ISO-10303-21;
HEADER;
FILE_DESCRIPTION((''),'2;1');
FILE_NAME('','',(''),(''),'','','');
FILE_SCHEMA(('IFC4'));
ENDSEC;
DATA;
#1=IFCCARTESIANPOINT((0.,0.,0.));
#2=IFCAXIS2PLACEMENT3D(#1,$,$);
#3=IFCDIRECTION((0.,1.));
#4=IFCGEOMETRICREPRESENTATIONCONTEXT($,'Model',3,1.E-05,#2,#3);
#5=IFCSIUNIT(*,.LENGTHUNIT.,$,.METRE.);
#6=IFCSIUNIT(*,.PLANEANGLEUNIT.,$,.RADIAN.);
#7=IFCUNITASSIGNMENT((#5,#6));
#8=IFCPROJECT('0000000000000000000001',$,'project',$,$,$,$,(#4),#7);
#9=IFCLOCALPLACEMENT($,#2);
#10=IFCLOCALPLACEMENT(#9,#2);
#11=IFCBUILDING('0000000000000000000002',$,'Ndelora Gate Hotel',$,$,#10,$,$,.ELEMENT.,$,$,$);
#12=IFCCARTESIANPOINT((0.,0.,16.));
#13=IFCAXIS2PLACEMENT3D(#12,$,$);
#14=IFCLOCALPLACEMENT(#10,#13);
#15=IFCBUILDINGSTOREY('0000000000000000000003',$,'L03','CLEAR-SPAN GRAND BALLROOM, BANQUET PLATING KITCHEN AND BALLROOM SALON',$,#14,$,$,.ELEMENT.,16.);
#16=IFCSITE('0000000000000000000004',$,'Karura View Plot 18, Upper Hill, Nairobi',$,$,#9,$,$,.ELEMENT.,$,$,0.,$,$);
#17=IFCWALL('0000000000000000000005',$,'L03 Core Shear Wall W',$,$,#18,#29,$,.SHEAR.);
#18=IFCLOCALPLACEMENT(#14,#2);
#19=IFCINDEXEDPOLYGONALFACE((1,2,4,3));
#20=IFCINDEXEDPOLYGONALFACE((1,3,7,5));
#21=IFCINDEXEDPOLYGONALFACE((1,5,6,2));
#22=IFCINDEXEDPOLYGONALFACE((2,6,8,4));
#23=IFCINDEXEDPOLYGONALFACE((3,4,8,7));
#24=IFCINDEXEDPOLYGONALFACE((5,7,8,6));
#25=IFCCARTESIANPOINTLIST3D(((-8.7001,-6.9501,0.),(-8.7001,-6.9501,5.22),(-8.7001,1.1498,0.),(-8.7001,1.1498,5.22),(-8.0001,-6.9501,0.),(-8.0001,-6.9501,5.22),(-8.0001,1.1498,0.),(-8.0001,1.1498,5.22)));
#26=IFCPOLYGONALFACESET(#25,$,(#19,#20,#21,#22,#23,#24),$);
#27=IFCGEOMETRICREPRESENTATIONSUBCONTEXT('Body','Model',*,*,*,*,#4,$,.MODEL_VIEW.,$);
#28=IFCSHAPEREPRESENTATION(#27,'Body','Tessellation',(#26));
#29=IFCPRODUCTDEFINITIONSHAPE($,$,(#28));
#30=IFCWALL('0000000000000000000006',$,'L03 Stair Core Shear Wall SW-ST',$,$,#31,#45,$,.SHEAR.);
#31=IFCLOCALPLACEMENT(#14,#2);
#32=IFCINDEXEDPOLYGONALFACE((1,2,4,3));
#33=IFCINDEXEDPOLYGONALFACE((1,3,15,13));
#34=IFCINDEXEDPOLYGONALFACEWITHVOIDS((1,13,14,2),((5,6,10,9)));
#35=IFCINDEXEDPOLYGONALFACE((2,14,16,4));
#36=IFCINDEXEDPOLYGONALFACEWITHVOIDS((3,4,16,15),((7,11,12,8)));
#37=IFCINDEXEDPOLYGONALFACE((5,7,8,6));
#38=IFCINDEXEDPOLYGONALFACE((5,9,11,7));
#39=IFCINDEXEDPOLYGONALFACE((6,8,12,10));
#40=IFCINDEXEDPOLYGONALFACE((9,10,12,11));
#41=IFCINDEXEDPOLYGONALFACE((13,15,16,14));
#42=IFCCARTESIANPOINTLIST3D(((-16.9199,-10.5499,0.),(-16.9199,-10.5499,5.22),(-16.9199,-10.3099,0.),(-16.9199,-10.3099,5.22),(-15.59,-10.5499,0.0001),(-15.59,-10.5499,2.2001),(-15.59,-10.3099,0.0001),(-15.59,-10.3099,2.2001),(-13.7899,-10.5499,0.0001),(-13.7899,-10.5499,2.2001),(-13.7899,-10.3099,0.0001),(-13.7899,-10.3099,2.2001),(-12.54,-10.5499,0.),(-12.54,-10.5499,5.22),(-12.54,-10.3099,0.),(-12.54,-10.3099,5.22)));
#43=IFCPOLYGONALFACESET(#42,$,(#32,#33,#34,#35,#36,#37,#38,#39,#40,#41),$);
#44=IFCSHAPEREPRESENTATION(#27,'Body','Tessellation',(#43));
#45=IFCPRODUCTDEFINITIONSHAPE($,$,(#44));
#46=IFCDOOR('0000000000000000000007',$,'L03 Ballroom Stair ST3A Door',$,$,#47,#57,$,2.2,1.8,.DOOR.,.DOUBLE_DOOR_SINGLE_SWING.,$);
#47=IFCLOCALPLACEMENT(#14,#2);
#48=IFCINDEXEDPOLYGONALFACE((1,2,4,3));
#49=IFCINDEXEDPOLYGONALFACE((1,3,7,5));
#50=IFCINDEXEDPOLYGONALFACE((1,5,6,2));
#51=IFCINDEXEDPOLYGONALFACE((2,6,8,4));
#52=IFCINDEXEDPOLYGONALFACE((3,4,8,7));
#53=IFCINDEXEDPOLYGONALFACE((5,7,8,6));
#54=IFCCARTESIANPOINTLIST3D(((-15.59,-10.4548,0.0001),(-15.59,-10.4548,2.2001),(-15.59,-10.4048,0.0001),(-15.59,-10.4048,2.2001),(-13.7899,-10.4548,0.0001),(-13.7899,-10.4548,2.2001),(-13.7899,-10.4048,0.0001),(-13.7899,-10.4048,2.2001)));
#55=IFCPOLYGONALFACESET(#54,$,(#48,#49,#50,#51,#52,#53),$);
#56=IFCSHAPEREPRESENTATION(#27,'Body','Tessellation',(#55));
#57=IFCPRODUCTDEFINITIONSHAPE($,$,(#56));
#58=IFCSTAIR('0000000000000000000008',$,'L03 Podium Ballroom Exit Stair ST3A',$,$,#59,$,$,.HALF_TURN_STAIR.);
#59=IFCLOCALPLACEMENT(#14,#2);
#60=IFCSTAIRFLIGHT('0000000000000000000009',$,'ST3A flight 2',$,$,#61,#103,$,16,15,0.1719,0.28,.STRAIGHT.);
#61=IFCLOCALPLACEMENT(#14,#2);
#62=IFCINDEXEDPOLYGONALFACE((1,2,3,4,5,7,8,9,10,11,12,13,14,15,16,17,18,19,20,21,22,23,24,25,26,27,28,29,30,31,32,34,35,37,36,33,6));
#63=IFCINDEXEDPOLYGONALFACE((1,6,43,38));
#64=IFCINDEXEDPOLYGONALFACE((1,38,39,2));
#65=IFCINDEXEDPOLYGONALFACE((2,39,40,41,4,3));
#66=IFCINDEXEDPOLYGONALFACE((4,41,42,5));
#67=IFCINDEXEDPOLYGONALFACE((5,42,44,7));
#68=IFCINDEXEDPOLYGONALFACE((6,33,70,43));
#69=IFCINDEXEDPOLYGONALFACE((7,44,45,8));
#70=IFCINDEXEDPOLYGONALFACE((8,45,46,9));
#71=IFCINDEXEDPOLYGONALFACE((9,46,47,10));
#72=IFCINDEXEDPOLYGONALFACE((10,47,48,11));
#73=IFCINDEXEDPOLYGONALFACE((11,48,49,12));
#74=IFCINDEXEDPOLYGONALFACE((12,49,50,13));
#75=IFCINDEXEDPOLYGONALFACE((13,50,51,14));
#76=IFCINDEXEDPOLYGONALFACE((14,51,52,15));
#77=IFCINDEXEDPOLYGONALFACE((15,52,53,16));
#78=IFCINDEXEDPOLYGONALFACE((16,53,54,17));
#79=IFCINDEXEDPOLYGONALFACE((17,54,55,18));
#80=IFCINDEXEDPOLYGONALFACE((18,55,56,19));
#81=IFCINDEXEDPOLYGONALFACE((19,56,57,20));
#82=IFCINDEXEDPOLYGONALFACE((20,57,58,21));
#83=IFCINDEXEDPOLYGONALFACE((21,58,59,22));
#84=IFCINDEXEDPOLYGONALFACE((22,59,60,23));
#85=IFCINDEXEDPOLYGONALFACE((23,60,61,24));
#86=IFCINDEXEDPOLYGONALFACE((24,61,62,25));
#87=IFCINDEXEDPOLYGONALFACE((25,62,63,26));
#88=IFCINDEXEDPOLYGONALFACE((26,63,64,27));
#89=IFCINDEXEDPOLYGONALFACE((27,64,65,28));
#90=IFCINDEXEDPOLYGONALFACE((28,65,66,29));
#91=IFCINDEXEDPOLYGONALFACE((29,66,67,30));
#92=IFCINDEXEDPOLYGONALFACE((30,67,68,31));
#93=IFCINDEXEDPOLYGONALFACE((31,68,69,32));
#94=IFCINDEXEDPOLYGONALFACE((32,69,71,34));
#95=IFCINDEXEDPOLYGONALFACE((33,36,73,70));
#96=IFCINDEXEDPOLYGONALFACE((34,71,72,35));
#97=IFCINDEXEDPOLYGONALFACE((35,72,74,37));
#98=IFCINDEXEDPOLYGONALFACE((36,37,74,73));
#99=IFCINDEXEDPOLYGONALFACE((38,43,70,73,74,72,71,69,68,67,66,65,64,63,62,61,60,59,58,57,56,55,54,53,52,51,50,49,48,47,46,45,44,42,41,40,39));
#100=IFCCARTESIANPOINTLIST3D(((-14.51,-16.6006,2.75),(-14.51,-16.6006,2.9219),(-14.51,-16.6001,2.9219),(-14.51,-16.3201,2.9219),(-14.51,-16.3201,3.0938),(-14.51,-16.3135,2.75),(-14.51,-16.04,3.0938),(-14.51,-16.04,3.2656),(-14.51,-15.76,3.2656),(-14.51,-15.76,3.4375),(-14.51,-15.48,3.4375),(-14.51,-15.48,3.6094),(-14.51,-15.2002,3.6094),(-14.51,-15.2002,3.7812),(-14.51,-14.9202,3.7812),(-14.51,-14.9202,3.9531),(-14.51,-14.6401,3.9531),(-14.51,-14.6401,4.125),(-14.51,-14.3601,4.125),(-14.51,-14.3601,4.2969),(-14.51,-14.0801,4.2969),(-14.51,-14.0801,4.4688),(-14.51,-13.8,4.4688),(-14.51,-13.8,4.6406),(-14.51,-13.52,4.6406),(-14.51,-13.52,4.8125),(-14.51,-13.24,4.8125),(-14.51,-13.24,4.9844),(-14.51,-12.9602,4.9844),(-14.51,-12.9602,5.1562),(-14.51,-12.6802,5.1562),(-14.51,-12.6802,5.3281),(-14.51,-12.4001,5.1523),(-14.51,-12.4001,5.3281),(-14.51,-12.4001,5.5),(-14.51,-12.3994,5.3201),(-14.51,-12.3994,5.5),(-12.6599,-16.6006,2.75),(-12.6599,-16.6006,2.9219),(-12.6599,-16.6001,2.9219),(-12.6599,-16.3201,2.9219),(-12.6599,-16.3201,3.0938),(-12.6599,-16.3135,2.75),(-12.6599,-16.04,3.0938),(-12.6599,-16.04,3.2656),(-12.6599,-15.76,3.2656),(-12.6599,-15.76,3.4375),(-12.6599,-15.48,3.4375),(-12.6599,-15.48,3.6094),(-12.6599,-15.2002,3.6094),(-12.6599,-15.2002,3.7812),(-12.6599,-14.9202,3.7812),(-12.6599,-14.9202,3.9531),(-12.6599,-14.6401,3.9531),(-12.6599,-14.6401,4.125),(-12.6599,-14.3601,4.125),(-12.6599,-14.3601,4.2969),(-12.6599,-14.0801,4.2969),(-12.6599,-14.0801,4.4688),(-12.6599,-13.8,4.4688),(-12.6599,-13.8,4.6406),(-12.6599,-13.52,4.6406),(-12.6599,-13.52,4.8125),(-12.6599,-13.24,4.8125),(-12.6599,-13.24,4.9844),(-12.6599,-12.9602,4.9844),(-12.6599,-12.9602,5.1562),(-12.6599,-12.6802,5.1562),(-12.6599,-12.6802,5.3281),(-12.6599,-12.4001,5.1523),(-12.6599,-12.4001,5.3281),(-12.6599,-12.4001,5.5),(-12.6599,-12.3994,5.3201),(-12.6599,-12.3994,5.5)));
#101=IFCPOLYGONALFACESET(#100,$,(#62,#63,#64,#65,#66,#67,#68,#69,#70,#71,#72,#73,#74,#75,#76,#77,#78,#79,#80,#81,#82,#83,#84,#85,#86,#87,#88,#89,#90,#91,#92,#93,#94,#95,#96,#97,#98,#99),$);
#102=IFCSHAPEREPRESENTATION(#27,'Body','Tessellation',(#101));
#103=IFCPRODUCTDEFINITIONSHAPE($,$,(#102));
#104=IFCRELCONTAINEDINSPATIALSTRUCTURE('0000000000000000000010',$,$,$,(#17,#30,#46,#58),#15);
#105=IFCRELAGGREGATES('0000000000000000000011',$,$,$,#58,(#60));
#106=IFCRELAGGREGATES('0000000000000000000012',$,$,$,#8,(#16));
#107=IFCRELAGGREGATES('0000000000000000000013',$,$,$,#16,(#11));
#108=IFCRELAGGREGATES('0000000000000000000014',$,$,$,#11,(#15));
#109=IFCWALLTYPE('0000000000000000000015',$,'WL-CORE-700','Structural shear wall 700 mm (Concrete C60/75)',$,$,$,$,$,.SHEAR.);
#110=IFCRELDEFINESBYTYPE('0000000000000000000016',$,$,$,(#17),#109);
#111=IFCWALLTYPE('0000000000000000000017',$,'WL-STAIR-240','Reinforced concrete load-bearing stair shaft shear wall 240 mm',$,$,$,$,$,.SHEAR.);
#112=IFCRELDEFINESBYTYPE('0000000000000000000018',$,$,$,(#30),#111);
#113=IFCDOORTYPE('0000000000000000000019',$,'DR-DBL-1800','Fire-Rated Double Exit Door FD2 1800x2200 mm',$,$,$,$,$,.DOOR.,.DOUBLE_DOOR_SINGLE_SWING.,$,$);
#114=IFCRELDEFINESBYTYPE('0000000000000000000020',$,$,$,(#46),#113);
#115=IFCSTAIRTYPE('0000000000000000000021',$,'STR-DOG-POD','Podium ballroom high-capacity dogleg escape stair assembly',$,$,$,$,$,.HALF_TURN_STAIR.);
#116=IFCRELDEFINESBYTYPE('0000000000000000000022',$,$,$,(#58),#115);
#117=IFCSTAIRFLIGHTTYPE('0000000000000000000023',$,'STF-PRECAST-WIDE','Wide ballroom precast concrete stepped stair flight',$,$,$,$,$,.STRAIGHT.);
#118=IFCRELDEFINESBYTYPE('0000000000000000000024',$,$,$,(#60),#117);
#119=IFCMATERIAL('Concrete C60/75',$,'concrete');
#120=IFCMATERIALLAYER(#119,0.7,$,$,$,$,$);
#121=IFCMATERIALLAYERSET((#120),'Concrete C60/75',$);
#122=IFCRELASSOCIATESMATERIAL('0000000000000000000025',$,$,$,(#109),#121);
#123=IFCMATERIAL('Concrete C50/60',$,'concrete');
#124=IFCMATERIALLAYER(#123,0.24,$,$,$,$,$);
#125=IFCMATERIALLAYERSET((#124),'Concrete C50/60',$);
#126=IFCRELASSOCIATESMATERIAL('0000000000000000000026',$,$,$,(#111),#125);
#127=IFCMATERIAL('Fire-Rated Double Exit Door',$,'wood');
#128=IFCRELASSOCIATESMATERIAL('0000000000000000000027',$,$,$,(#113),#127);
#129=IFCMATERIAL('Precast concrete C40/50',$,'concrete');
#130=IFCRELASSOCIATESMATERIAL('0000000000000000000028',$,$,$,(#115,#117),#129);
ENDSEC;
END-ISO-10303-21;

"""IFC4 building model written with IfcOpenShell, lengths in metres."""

from ifc_helpers import new_model, si_unit, direction, frame, frame_2d, origin, place, context, subcontext, project, spatial, polyline, rectangle, outline, extrude, material, layer, layer_set, type_object, element, fill, aggregate, save


model = new_model("IFC4")

# Units and contexts
model_context = context("Model", 3, precision=1e-05, world=origin(), true_north=direction((0.0, 1.0)))
body_context = subcontext(model_context, "Body", "Model", "MODEL_VIEW")
ifc_project = project(units=[si_unit("LENGTHUNIT", "METRE"), si_unit("PLANEANGLEUNIT", "RADIAN")], contexts=[model_context])

# Site, building, storey
site_placement = place(None, origin())
site = spatial("IfcSite", under=ifc_project, at=site_placement, Name="Karura View Plot 18, Upper Hill, Nairobi", CompositionType="ELEMENT", RefElevation=0.0)
building_placement = place(site_placement, origin())
building = spatial("IfcBuilding", under=site, at=building_placement, Name="Ndelora Gate Hotel", CompositionType="ELEMENT")
storey_placement = place(building_placement, frame((0.0, 0.0, 16.0)))
storey = spatial("IfcBuildingStorey", under=building, at=storey_placement, Name="L03", Description="CLEAR-SPAN GRAND BALLROOM, BANQUET PLATING KITCHEN AND BALLROOM SALON", CompositionType="ELEMENT", Elevation=16.0)

# Shared definitions
ifc_material_1 = material(Name="Concrete C60/75", Category="concrete")

# Wall
ifc_layer_1 = layer(ifc_material_1, 0.7)
ifc_layer_set_1 = layer_set([ifc_layer_1], Name="Concrete C60/75")
wall_type_1 = type_object("IfcWallType", Name="WL-CORE-700", Description="Structural shear wall 700 mm (Concrete C60/75)", PredefinedType="SHEAR", material=ifc_layer_set_1)
wall_1_placement = place(storey_placement, frame((-8.3501, -6.95, 0.0), z_axis=(0.0, 0.0, 1.0), x_axis=(0.0, 1.0, 0.0)))
element("IfcWall", 1, at=wall_1_placement, inside=storey, type_object=wall_type_1, Name="L03 Core Shear Wall W", PredefinedType="SHEAR", context=body_context, shape_type="SweptSolid", body=[
    extrude(rectangle(XDim=8.0999, YDim=0.7, at=frame_2d((4.0498, 0.0))), origin(), (0.0, 0.0, 1.0), 5.22),
])

# Wall, opening, door
ifc_material_2 = material(Name="Concrete C50/60", Category="concrete")
ifc_layer_2 = layer(ifc_material_2, 0.24)
ifc_layer_set_2 = layer_set([ifc_layer_2], Name="Concrete C50/60")
wall_type_2 = type_object("IfcWallType", Name="WL-STAIR-240", Description="Reinforced concrete load-bearing stair shaft shear wall 240 mm", PredefinedType="SHEAR", material=ifc_layer_set_2)
wall_2_placement = place(storey_placement, frame((-12.54, -10.4299, 0.0), z_axis=(0.0, 0.0, 1.0), x_axis=(-1.0, 0.0, 0.0)))
wall_2 = element("IfcWall", 2, at=wall_2_placement, inside=storey, type_object=wall_type_2, Name="L03 Stair Core Shear Wall SW-ST", PredefinedType="SHEAR", context=body_context, shape_type="SweptSolid", body=[
    extrude(rectangle(XDim=4.3799, YDim=0.24, at=frame_2d((2.1899, 0.0))), origin(), (0.0, 0.0, 1.0), 5.22),
])
opening_placement = place(wall_2_placement, frame((1.25, 0.0, 0.0)))
opening = element("IfcOpeningElement", 3, at=opening_placement, cuts=wall_2, PredefinedType="OPENING", context=body_context, shape_type="SweptSolid", body=[
    extrude(rectangle(XDim=1.8, YDim=2.2, at=frame_2d((0.8999, 1.1001))), frame((0.0, 0.1299, 0.0), z_axis=(0.0, -1.0, 0.0), x_axis=(1.0, 0.0, 0.0)), (0.0, 0.0, 1.0), 0.26),
])
ifc_material_3 = material(Name="Fire-Rated Double Exit Door", Category="wood")
door_type = type_object("IfcDoorType", Name="DR-DBL-1800", Description="Fire-Rated Double Exit Door FD2 1800x2200 mm", OperationType="DOUBLE_DOOR_SINGLE_SWING", PredefinedType="DOOR", material=ifc_material_3)
door_placement = place(opening_placement, origin())
door = element("IfcDoor", 4, at=door_placement, inside=storey, type_object=door_type, Name="L03 Ballroom Stair ST3A Door", OperationType="DOUBLE_DOOR_SINGLE_SWING", OverallHeight=2.2, OverallWidth=1.8, PredefinedType="DOOR", context=body_context, shape_type="SweptSolid", body=[
    extrude(rectangle(XDim=1.8, YDim=2.2, at=frame_2d((0.8999, 1.1001))), frame((0.0, 0.0249, 0.0), z_axis=(0.0, -1.0, 0.0), x_axis=(1.0, 0.0, 0.0)), (0.0, 0.0, 1.0), 0.05),
])
fill(opening, door)

# Stair, stair flight
ifc_material_4 = material(Name="Precast concrete C40/50", Category="concrete")
stair_type = type_object("IfcStairType", Name="STR-DOG-POD", Description="Podium ballroom high-capacity dogleg escape stair assembly", PredefinedType="HALF_TURN_STAIR", material=ifc_material_4)
stair_placement = place(storey_placement, origin())
stair = element("IfcStair", 5, at=stair_placement, inside=storey, type_object=stair_type, Name="L03 Podium Ballroom Exit Stair ST3A", PredefinedType="HALF_TURN_STAIR")
stair_flight_type = type_object("IfcStairFlightType", Name="STF-PRECAST-WIDE", Description="Wide ballroom precast concrete stepped stair flight", PredefinedType="STRAIGHT", material=ifc_material_4)
stair_flight_placement = place(storey_placement, frame((-13.585, -16.6001, 2.75), z_axis=(0.0, 0.0, 1.0), x_axis=(0.0, 1.0, 0.0)))
stair_flight = element("IfcStairFlight", 6, at=stair_flight_placement, type_object=stair_flight_type, Name="ST3A flight 2", NumberOfRisers=16, NumberOfTreads=15, PredefinedType="STRAIGHT", RiserHeight=0.1719, TreadLength=0.28, context=body_context, shape_type="SweptSolid", body=[
    extrude(outline(polyline([(-0.0005, 0.0), (-0.0005, 0.1719), (0.0, 0.1719), (0.28, 0.1719), (0.28, 0.3438), (0.5601, 0.3438), (0.5601, 0.5156), (0.8401, 0.5156), (0.8401, 0.6875), (1.1201, 0.6875), (1.1201, 0.8594), (1.3999, 0.8594), (1.3999, 1.0312), (1.6799, 1.0312), (1.6799, 1.2031), (1.96, 1.2031), (1.96, 1.375), (2.24, 1.375), (2.24, 1.5469), (2.52, 1.5469), (2.52, 1.7188), (2.8, 1.7188), (2.8, 1.8906), (3.0801, 1.8906), (3.0801, 2.0625), (3.3601, 2.0625), (3.3601, 2.2344), (3.6399, 2.2344), (3.6399, 2.4062), (3.9199, 2.4062), (3.9199, 2.5781), (4.2, 2.5781), (4.2, 2.75), (4.2007, 2.75), (4.2007, 2.5701), (4.2, 2.4023), (0.2866, 0.0), (-0.0005, 0.0)])), frame((0.0, 0.925, 0.0), z_axis=(0.0, -1.0, 0.0), x_axis=(1.0, 0.0, 0.0)), (0.0, 0.0, 1.0), 1.8501),
])
aggregate(stair, [stair_flight])

save(model, "model.ifc")
